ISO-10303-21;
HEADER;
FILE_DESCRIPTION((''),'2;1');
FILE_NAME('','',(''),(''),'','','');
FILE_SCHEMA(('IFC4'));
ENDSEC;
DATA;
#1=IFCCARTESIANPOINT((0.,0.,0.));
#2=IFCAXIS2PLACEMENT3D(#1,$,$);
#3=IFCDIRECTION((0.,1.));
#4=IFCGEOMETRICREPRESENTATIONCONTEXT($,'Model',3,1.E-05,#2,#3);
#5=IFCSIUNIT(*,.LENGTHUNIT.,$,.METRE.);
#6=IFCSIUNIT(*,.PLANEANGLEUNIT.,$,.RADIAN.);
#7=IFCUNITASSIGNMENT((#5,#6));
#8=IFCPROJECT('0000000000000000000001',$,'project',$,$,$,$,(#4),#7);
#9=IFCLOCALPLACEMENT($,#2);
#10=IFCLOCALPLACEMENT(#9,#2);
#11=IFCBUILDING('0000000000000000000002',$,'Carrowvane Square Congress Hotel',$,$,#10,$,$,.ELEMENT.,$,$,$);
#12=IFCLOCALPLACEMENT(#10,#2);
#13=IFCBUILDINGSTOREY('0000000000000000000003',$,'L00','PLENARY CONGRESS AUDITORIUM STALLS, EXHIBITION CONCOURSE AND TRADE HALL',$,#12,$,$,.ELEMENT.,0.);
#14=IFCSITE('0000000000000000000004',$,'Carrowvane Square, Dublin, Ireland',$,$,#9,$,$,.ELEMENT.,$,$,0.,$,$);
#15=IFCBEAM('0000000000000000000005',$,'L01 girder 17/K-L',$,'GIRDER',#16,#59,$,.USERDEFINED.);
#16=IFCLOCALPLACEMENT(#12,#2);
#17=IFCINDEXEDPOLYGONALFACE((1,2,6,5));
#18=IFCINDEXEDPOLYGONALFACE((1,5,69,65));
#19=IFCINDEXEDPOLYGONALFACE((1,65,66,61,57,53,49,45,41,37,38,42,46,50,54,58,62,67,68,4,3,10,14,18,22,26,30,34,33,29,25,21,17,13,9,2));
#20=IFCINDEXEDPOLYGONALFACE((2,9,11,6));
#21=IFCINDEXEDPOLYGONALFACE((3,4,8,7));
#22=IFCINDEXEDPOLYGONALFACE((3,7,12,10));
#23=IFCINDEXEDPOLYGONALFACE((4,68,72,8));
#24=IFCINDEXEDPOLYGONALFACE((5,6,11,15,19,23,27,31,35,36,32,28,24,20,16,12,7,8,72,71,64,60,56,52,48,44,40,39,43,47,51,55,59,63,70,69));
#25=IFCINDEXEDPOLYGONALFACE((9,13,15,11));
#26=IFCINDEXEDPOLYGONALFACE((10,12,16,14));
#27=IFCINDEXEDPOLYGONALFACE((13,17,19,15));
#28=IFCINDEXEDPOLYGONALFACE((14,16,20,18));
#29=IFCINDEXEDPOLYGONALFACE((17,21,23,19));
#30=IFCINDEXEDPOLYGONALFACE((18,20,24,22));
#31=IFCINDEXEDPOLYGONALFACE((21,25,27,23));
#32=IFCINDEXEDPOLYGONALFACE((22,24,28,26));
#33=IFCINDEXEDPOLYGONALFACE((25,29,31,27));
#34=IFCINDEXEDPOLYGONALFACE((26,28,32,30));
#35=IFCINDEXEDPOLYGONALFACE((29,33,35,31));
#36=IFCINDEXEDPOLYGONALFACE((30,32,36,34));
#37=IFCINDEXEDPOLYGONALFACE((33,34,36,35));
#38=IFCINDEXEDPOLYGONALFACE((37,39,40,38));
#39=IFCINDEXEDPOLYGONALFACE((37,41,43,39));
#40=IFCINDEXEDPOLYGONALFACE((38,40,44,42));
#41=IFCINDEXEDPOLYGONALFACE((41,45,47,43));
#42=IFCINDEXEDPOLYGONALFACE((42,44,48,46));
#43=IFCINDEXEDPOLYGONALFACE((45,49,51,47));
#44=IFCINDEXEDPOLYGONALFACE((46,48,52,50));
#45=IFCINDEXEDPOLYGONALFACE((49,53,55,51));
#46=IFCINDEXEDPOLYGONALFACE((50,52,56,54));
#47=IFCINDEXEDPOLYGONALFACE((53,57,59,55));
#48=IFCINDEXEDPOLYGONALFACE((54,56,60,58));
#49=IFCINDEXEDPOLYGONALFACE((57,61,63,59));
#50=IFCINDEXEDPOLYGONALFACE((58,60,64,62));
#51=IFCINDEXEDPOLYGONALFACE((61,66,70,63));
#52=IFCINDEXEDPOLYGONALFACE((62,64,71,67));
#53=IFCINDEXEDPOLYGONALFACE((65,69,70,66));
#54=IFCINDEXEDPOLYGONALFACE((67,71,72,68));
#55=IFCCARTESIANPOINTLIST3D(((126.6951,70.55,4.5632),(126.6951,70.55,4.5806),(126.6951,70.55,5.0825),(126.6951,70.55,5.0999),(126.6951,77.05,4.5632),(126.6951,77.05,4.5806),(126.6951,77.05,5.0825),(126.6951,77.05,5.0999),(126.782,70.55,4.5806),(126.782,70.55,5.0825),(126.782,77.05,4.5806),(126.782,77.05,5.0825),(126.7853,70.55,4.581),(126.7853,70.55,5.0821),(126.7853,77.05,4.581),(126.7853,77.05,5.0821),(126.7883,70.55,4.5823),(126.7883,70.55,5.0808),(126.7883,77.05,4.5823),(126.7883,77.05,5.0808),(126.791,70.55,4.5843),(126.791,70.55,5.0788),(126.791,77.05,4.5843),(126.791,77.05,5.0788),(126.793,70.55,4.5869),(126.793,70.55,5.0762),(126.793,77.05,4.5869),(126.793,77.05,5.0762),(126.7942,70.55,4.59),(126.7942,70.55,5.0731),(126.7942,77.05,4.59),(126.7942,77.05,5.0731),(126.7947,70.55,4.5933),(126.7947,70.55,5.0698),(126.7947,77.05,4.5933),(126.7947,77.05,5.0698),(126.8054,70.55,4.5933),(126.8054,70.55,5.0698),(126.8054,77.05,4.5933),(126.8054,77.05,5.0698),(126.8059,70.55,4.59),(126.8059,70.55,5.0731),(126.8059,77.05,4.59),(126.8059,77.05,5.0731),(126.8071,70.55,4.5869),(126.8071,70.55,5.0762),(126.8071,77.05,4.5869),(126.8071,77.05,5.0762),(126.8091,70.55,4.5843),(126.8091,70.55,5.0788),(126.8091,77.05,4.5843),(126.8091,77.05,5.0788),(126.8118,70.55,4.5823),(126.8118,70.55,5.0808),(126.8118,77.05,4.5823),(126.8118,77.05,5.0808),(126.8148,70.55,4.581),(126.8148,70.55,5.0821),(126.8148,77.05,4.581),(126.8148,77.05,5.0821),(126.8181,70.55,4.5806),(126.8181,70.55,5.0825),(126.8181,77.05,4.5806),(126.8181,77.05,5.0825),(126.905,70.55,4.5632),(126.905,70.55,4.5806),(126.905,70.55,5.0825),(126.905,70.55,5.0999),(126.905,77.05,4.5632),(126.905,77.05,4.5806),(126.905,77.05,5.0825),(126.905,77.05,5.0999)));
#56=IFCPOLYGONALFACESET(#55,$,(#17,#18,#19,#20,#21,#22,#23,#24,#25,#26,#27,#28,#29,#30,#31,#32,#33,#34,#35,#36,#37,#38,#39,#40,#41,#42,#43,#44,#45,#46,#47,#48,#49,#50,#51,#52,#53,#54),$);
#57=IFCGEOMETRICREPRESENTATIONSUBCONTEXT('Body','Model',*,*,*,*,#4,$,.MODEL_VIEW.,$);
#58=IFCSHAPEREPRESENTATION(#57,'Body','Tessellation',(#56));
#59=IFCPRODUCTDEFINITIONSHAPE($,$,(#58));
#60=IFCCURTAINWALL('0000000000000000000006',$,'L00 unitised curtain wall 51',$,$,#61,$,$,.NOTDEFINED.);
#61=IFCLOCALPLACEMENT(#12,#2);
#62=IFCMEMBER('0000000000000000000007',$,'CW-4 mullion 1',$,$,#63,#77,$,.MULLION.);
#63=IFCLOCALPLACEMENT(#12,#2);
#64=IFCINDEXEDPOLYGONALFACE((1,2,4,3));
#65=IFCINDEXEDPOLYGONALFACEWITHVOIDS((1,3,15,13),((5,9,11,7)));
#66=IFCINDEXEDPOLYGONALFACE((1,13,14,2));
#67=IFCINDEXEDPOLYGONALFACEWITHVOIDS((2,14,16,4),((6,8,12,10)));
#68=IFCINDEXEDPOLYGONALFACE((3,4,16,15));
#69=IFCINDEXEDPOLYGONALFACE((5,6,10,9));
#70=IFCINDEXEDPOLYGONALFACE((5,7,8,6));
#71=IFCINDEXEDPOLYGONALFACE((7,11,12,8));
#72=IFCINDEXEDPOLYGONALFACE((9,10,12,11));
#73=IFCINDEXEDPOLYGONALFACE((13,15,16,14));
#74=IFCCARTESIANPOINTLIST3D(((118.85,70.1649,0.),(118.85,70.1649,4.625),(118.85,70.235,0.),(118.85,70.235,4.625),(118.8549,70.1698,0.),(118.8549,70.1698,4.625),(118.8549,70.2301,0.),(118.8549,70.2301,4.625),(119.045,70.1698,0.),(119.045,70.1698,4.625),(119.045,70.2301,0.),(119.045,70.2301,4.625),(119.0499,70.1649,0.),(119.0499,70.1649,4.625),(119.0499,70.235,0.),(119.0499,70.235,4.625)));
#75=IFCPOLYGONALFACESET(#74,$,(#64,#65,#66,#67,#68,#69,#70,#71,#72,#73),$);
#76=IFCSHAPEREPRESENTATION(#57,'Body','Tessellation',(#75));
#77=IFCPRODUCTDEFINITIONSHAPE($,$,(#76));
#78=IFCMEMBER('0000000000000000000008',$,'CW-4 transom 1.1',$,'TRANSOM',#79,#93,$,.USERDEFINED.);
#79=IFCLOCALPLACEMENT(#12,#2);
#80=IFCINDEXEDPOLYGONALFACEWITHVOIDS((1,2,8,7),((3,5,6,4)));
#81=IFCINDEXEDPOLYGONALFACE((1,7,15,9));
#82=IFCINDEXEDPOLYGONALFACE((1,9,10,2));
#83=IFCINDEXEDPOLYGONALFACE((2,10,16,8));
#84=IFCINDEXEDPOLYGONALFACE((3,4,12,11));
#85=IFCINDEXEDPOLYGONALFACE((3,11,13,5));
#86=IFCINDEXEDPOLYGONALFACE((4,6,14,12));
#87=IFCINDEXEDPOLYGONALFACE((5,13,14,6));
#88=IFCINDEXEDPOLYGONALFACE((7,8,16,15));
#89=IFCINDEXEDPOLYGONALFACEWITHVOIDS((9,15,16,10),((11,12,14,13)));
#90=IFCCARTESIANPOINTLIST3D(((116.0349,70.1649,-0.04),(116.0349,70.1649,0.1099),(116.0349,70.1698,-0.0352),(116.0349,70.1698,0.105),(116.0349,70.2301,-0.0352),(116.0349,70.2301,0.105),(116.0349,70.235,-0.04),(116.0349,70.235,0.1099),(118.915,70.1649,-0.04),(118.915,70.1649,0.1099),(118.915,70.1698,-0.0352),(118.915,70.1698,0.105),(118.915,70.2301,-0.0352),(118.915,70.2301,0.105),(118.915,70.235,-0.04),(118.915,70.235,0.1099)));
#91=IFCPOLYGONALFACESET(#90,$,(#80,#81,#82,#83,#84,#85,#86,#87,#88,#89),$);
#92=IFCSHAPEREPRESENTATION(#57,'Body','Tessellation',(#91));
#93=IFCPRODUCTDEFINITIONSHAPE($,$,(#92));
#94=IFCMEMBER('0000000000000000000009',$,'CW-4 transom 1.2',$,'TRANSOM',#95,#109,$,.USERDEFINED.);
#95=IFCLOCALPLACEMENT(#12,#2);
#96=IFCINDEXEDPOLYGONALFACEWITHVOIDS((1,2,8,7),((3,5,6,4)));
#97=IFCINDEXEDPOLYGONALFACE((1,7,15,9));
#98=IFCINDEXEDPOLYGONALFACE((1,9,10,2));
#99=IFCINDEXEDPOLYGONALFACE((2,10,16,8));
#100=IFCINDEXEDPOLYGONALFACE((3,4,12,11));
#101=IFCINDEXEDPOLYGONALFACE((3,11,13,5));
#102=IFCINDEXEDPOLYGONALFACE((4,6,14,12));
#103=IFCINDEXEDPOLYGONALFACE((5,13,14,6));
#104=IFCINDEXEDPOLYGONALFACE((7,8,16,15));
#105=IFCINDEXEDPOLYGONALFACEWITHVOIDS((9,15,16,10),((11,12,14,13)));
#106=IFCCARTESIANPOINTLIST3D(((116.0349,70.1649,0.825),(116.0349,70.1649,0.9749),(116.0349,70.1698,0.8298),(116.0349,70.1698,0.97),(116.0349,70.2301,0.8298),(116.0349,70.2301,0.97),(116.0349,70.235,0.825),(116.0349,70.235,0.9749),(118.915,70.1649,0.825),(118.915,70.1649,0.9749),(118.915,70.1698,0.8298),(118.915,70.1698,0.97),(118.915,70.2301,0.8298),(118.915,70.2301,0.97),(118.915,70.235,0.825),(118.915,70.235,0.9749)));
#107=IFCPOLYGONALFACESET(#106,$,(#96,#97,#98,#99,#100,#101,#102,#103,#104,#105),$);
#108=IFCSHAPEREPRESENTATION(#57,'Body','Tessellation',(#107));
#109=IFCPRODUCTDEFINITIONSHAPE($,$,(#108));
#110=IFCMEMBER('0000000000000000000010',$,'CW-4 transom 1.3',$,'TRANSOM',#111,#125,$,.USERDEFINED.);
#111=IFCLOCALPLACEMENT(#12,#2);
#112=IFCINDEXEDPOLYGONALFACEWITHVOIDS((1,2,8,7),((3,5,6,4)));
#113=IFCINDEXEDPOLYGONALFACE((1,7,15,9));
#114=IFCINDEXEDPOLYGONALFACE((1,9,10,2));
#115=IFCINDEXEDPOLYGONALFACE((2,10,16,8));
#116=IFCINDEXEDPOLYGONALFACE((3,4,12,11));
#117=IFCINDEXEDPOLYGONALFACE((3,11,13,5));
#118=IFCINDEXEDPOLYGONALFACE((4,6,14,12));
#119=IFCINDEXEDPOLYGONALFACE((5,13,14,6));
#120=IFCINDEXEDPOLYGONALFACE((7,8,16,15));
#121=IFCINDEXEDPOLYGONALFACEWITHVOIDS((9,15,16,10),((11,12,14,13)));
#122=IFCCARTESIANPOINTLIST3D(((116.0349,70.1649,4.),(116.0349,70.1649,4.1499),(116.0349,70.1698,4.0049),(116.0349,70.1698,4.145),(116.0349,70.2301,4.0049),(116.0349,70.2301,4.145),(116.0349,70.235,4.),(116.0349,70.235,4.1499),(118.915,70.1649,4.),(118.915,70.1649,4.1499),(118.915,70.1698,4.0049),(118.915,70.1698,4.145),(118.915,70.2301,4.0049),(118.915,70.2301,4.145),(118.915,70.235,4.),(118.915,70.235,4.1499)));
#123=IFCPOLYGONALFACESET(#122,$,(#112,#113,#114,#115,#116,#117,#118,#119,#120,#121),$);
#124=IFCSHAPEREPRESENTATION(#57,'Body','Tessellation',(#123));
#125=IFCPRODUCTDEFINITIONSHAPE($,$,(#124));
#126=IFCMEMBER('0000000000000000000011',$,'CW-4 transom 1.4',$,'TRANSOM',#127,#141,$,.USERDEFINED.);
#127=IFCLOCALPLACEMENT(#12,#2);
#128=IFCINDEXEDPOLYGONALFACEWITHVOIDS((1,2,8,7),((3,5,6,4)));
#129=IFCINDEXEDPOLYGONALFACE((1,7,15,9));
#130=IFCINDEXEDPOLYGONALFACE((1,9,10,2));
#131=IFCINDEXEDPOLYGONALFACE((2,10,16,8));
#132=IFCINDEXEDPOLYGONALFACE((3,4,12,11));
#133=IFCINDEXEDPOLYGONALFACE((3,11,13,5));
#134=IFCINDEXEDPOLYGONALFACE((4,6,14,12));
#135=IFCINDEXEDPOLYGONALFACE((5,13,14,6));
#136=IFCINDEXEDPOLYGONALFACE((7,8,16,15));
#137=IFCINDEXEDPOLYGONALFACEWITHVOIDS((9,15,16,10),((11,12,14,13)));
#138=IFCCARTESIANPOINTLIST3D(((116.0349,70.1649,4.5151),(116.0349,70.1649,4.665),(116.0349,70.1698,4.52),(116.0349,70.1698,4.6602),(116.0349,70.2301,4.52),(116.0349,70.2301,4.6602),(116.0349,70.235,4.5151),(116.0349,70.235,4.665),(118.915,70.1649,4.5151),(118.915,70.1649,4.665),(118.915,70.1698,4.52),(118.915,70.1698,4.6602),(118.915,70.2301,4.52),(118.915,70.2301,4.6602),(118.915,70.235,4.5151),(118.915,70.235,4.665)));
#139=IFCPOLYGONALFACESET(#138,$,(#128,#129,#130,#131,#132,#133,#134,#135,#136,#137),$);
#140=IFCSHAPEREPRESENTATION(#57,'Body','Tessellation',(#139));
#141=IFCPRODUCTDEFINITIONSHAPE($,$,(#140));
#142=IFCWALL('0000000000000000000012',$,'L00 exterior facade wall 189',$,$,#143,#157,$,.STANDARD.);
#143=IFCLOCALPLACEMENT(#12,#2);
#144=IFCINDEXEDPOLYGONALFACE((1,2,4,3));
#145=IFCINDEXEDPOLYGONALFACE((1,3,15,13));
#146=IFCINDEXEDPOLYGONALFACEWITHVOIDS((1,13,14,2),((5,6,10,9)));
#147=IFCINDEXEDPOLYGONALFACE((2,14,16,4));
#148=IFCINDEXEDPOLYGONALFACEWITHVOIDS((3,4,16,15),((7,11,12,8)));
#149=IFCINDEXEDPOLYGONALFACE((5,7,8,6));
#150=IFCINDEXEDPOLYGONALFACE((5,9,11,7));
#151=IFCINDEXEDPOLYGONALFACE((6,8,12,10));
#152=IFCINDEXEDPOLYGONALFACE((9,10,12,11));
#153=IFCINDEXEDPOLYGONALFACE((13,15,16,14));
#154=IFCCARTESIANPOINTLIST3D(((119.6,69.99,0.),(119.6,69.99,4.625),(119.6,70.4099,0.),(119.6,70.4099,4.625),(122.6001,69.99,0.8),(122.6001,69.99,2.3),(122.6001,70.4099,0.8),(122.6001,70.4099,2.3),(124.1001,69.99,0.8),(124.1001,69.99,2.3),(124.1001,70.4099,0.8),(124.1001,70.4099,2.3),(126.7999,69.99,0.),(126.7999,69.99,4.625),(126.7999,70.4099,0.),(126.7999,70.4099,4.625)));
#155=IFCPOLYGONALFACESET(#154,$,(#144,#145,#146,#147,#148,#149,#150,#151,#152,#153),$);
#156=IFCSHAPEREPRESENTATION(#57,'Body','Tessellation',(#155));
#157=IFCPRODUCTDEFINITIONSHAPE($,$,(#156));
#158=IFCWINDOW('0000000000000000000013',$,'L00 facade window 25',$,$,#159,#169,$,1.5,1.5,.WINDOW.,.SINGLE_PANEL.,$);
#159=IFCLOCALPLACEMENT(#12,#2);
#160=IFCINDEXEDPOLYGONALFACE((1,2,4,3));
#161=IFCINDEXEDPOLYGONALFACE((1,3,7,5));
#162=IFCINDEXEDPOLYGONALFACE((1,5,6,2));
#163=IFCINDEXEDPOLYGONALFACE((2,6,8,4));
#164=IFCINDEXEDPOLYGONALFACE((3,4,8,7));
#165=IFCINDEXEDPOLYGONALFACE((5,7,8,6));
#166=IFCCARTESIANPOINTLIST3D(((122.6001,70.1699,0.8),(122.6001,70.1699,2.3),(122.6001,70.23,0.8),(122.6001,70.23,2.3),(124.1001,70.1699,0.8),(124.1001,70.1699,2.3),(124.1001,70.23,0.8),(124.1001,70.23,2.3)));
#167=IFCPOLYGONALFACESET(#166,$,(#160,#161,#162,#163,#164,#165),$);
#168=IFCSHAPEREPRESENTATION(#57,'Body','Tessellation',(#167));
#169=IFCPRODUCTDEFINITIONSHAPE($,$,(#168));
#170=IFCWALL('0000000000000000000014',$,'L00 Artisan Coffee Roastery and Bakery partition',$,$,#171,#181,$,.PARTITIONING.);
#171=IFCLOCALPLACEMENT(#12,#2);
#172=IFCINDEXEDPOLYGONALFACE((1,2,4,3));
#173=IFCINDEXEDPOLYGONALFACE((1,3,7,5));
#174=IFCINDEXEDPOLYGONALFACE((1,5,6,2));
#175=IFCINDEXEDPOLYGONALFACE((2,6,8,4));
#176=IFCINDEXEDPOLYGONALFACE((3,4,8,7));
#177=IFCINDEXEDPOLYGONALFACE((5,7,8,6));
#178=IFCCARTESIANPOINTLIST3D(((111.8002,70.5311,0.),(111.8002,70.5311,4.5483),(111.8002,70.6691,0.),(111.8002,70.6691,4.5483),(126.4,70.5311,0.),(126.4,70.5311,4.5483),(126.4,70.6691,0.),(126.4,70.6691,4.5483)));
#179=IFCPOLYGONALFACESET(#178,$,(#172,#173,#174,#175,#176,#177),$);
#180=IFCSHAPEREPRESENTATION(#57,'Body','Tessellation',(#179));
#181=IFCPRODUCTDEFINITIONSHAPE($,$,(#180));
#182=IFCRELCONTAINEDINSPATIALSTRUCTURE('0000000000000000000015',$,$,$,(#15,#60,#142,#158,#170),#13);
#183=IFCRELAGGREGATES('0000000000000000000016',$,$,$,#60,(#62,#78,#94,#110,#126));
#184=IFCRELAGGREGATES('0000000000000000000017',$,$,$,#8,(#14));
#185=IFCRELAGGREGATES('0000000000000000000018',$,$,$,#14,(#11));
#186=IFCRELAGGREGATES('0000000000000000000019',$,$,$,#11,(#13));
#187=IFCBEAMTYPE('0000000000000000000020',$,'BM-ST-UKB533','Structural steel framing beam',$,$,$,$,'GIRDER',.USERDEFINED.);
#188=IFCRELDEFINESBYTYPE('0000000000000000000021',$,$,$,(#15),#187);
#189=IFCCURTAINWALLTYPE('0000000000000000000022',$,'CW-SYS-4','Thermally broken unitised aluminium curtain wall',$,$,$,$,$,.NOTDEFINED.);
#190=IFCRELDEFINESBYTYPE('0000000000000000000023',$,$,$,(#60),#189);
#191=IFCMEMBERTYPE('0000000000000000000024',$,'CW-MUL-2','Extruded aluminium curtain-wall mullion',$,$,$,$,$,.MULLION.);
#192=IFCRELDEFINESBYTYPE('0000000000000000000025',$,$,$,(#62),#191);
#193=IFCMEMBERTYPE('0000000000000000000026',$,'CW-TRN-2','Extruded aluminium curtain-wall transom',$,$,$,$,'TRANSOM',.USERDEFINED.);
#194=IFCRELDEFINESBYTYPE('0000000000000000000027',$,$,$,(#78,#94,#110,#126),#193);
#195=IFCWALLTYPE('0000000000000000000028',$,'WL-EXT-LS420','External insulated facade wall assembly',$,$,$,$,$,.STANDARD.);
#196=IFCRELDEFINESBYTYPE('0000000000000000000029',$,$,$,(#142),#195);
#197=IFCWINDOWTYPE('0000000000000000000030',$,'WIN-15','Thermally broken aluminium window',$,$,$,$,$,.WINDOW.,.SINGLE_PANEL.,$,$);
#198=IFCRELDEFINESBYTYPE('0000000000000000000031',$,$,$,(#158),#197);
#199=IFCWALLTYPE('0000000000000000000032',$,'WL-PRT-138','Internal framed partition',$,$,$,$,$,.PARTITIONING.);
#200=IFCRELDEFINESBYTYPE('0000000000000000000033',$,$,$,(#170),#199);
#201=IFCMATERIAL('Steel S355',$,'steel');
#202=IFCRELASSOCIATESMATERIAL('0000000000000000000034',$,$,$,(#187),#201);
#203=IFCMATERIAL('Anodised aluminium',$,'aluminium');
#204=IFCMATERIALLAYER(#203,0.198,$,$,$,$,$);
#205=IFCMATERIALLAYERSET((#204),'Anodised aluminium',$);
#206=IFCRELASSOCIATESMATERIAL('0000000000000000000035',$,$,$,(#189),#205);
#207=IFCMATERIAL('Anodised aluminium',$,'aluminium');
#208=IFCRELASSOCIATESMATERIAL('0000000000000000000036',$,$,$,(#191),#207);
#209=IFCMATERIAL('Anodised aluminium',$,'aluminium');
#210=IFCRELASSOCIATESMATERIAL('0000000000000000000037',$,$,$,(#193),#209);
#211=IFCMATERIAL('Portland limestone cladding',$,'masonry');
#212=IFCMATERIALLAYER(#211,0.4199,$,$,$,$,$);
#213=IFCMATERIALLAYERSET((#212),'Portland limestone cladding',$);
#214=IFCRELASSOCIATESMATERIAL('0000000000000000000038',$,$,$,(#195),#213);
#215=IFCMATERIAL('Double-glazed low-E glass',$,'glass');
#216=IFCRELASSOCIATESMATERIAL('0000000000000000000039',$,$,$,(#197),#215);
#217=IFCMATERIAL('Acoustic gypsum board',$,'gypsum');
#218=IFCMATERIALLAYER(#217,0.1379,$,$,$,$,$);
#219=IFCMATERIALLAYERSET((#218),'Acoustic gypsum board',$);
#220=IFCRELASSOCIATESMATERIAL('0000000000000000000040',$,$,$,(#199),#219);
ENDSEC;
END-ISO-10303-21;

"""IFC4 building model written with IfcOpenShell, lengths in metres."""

from ifc_helpers import new_model, si_unit, direction, frame, frame_2d, origin, origin_2d, place, context, subcontext, project, spatial, rectangle, hollow_rectangle, i_section, extrude, material, layer, layer_set, material_profile, profile_set, type_object, element, fill, aggregate, save


model = new_model("IFC4")

# Units and contexts
model_context = context("Model", 3, precision=1e-05, world=origin(), true_north=direction((0.0, 1.0)))
body_context = subcontext(model_context, "Body", "Model", "MODEL_VIEW")
ifc_project = project(units=[si_unit("LENGTHUNIT", "METRE"), si_unit("PLANEANGLEUNIT", "RADIAN")], contexts=[model_context])

# Site, building, storey
site_placement = place(None, origin())
site = spatial("IfcSite", under=ifc_project, at=site_placement, Name="Carrowvane Square, Dublin, Ireland", CompositionType="ELEMENT", RefElevation=0.0)
building_placement = place(site_placement, origin())
building = spatial("IfcBuilding", under=site, at=building_placement, Name="Carrowvane Square Congress Hotel", CompositionType="ELEMENT")
storey_placement = place(building_placement, origin())
storey = spatial("IfcBuildingStorey", under=building, at=storey_placement, Name="L00", Description="PLENARY CONGRESS AUDITORIUM STALLS, EXHIBITION CONCOURSE AND TRADE HALL", CompositionType="ELEMENT", Elevation=0.0)

# Beam
ifc_material_1 = material(Name="Steel S355", Category="steel")
ifc_material_profile_1 = material_profile(ifc_material_1, i_section(OverallWidth=0.21, OverallDepth=0.5366, WebThickness=0.0107, FlangeThickness=0.0173, FilletRadius=0.0127, at=origin_2d()), Name="UKB 533x210x101")
ifc_profile_set_1 = profile_set([ifc_material_profile_1], Name="Steel S355")
beam_type_1 = type_object("IfcBeamType", Name="BM-ST-UKB533", Description="Structural steel framing beam", ElementType="GIRDER", PredefinedType="USERDEFINED", material=ifc_profile_set_1)
beam_1_placement = place(storey_placement, frame((126.8, 70.55, 4.8315), z_axis=(0.0, 1.0, 0.0), x_axis=(-1.0, 0.0, 0.0)))
element("IfcBeam", 1, at=beam_1_placement, inside=storey, type_object=beam_type_1, Name="L01 girder 17/K-L", ObjectType="GIRDER", PredefinedType="USERDEFINED", context=body_context, shape_type="SweptSolid", body=[
    extrude(i_section(OverallWidth=0.21, OverallDepth=0.5366, WebThickness=0.0107, FlangeThickness=0.0173, FilletRadius=0.0127, at=origin_2d()), origin(), (0.0, 0.0, 1.0), 6.5),
])

# Curtain wall, members
ifc_material_2 = material(Name="Anodised aluminium", Category="aluminium")
ifc_layer_1 = layer(ifc_material_2, 0.198)
ifc_layer_set_1 = layer_set([ifc_layer_1], Name="Anodised aluminium")
curtain_wall_type = type_object("IfcCurtainWallType", Name="CW-SYS-4", Description="Thermally broken unitised aluminium curtain wall", PredefinedType="NOTDEFINED", material=ifc_layer_set_1)
curtain_wall_placement = place(storey_placement, origin())
curtain_wall = element("IfcCurtainWall", 2, at=curtain_wall_placement, inside=storey, type_object=curtain_wall_type, Name="L00 unitised curtain wall 51", PredefinedType="NOTDEFINED")
ifc_material_3 = material(Name="Anodised aluminium", Category="aluminium")
ifc_material_profile_2 = material_profile(ifc_material_3, hollow_rectangle(XDim=0.0701, YDim=0.2, WallThickness=0.0049, at=origin_2d()), Name="CW-ML 70x200x5")
ifc_profile_set_2 = profile_set([ifc_material_profile_2], Name="Anodised aluminium")
member_type_1 = type_object("IfcMemberType", Name="CW-MUL-2", Description="Extruded aluminium curtain-wall mullion", PredefinedType="MULLION", material=ifc_profile_set_2)
member_1_placement = place(storey_placement, frame((118.95, 70.2, 0.0), z_axis=(0.0, 0.0, 1.0), x_axis=(0.0, -1.0, 0.0)))
member_1 = element("IfcMember", 3, at=member_1_placement, type_object=member_type_1, Name="CW-4 mullion 1", PredefinedType="MULLION", context=body_context, shape_type="SweptSolid", body=[
    extrude(hollow_rectangle(XDim=0.0701, YDim=0.2, WallThickness=0.0049, at=origin_2d()), origin(), (0.0, 0.0, 1.0), 4.625),
])
ifc_material_4 = material(Name="Anodised aluminium", Category="aluminium")
ifc_material_profile_3 = material_profile(ifc_material_4, hollow_rectangle(XDim=0.0701, YDim=0.1499, WallThickness=0.0049, at=origin_2d()), Name="CW-TR 70x150x5")
ifc_profile_set_3 = profile_set([ifc_material_profile_3], Name="Anodised aluminium")
member_type_2 = type_object("IfcMemberType", Name="CW-TRN-2", Description="Extruded aluminium curtain-wall transom", ElementType="TRANSOM", PredefinedType="USERDEFINED", material=ifc_profile_set_3)
member_2_placement = place(storey_placement, frame((118.915, 70.2, 0.0349), z_axis=(-1.0, 0.0, 0.0), x_axis=(0.0, -1.0, 0.0)))
member_2 = element("IfcMember", 4, at=member_2_placement, type_object=member_type_2, Name="CW-4 transom 1.1", ObjectType="TRANSOM", PredefinedType="USERDEFINED", context=body_context, shape_type="SweptSolid", body=[
    extrude(hollow_rectangle(XDim=0.0701, YDim=0.1499, WallThickness=0.0049, at=origin_2d()), origin(), (0.0, 0.0, 1.0), 2.8801),
])
member_3_placement = place(storey_placement, frame((118.915, 70.2, 0.8999), z_axis=(-1.0, 0.0, 0.0), x_axis=(0.0, -1.0, 0.0)))
member_3 = element("IfcMember", 5, at=member_3_placement, type_object=member_type_2, Name="CW-4 transom 1.2", ObjectType="TRANSOM", PredefinedType="USERDEFINED", context=body_context, shape_type="SweptSolid", body=[
    extrude(hollow_rectangle(XDim=0.0701, YDim=0.1499, WallThickness=0.0049, at=origin_2d()), origin(), (0.0, 0.0, 1.0), 2.8801),
])
member_4_placement = place(storey_placement, frame((118.915, 70.2, 4.075), z_axis=(-1.0, 0.0, 0.0), x_axis=(0.0, -1.0, 0.0)))
member_4 = element("IfcMember", 6, at=member_4_placement, type_object=member_type_2, Name="CW-4 transom 1.3", ObjectType="TRANSOM", PredefinedType="USERDEFINED", context=body_context, shape_type="SweptSolid", body=[
    extrude(hollow_rectangle(XDim=0.0701, YDim=0.1499, WallThickness=0.0049, at=origin_2d()), origin(), (0.0, 0.0, 1.0), 2.8801),
])
member_5_placement = place(storey_placement, frame((118.915, 70.2, 4.5901), z_axis=(-1.0, 0.0, 0.0), x_axis=(0.0, -1.0, 0.0)))
member_5 = element("IfcMember", 7, at=member_5_placement, type_object=member_type_2, Name="CW-4 transom 1.4", ObjectType="TRANSOM", PredefinedType="USERDEFINED", context=body_context, shape_type="SweptSolid", body=[
    extrude(hollow_rectangle(XDim=0.0701, YDim=0.1499, WallThickness=0.0049, at=origin_2d()), origin(), (0.0, 0.0, 1.0), 2.8801),
])
aggregate(curtain_wall, [member_1, member_2, member_3, member_4, member_5])

# Wall, opening, window
ifc_material_5 = material(Name="Portland limestone cladding", Category="masonry")
ifc_layer_2 = layer(ifc_material_5, 0.4199)
ifc_layer_set_2 = layer_set([ifc_layer_2], Name="Portland limestone cladding")
wall_type_1 = type_object("IfcWallType", Name="WL-EXT-LS420", Description="External insulated facade wall assembly", PredefinedType="STANDARD", material=ifc_layer_set_2)
wall_1_placement = place(storey_placement, frame((126.8, 70.2, 0.0), z_axis=(0.0, 0.0, 1.0), x_axis=(-1.0, 0.0, 0.0)))
wall_1 = element("IfcWall", 8, at=wall_1_placement, inside=storey, type_object=wall_type_1, Name="L00 exterior facade wall 189", PredefinedType="STANDARD", context=body_context, shape_type="SweptSolid", body=[
    extrude(rectangle(XDim=7.2, YDim=0.4199, at=frame_2d((3.6001, 0.0))), origin(), (0.0, 0.0, 1.0), 4.625),
])
opening_placement = place(wall_1_placement, frame((2.7, 0.0, 0.8)))
opening = element("IfcOpeningElement", 9, at=opening_placement, cuts=wall_1, PredefinedType="OPENING", context=body_context, shape_type="SweptSolid", body=[
    extrude(rectangle(XDim=1.5, YDim=1.5, at=frame_2d((0.75, 0.75))), frame((0.0, 0.22, 0.0), z_axis=(0.0, -1.0, 0.0), x_axis=(1.0, 0.0, 0.0)), (0.0, 0.0, 1.0), 0.4399),
])
ifc_material_6 = material(Name="Double-glazed low-E glass", Category="glass")
window_type = type_object("IfcWindowType", Name="WIN-15", Description="Thermally broken aluminium window", PartitioningType="SINGLE_PANEL", PredefinedType="WINDOW", material=ifc_material_6)
window_placement = place(opening_placement, origin())
window = element("IfcWindow", 10, at=window_placement, inside=storey, type_object=window_type, Name="L00 facade window 25", OverallHeight=1.5, OverallWidth=1.5, PartitioningType="SINGLE_PANEL", PredefinedType="WINDOW", context=body_context, shape_type="SweptSolid", body=[
    extrude(rectangle(XDim=1.5, YDim=1.5, at=frame_2d((0.75, 0.75))), frame((0.0, 0.03, 0.0), z_axis=(0.0, -1.0, 0.0), x_axis=(1.0, 0.0, 0.0)), (0.0, 0.0, 1.0), 0.0601),
])
fill(opening, window)

# Wall
ifc_material_7 = material(Name="Acoustic gypsum board", Category="gypsum")
ifc_layer_3 = layer(ifc_material_7, 0.1379)
ifc_layer_set_3 = layer_set([ifc_layer_3], Name="Acoustic gypsum board")
wall_type_2 = type_object("IfcWallType", Name="WL-PRT-138", Description="Internal framed partition", PredefinedType="PARTITIONING", material=ifc_layer_set_3)
wall_2_placement = place(storey_placement, frame((126.3999, 70.6001, 0.0), z_axis=(0.0, 0.0, 1.0), x_axis=(-1.0, 0.0, 0.0)))
element("IfcWall", 11, at=wall_2_placement, inside=storey, type_object=wall_type_2, Name="L00 Artisan Coffee Roastery and Bakery partition", PredefinedType="PARTITIONING", context=body_context, shape_type="SweptSolid", body=[
    extrude(rectangle(XDim=14.5999, YDim=0.1379, at=frame_2d((7.2998, 0.0))), origin(), (0.0, 0.0, 1.0), 4.5483),
])

save(model, "model.ifc")
